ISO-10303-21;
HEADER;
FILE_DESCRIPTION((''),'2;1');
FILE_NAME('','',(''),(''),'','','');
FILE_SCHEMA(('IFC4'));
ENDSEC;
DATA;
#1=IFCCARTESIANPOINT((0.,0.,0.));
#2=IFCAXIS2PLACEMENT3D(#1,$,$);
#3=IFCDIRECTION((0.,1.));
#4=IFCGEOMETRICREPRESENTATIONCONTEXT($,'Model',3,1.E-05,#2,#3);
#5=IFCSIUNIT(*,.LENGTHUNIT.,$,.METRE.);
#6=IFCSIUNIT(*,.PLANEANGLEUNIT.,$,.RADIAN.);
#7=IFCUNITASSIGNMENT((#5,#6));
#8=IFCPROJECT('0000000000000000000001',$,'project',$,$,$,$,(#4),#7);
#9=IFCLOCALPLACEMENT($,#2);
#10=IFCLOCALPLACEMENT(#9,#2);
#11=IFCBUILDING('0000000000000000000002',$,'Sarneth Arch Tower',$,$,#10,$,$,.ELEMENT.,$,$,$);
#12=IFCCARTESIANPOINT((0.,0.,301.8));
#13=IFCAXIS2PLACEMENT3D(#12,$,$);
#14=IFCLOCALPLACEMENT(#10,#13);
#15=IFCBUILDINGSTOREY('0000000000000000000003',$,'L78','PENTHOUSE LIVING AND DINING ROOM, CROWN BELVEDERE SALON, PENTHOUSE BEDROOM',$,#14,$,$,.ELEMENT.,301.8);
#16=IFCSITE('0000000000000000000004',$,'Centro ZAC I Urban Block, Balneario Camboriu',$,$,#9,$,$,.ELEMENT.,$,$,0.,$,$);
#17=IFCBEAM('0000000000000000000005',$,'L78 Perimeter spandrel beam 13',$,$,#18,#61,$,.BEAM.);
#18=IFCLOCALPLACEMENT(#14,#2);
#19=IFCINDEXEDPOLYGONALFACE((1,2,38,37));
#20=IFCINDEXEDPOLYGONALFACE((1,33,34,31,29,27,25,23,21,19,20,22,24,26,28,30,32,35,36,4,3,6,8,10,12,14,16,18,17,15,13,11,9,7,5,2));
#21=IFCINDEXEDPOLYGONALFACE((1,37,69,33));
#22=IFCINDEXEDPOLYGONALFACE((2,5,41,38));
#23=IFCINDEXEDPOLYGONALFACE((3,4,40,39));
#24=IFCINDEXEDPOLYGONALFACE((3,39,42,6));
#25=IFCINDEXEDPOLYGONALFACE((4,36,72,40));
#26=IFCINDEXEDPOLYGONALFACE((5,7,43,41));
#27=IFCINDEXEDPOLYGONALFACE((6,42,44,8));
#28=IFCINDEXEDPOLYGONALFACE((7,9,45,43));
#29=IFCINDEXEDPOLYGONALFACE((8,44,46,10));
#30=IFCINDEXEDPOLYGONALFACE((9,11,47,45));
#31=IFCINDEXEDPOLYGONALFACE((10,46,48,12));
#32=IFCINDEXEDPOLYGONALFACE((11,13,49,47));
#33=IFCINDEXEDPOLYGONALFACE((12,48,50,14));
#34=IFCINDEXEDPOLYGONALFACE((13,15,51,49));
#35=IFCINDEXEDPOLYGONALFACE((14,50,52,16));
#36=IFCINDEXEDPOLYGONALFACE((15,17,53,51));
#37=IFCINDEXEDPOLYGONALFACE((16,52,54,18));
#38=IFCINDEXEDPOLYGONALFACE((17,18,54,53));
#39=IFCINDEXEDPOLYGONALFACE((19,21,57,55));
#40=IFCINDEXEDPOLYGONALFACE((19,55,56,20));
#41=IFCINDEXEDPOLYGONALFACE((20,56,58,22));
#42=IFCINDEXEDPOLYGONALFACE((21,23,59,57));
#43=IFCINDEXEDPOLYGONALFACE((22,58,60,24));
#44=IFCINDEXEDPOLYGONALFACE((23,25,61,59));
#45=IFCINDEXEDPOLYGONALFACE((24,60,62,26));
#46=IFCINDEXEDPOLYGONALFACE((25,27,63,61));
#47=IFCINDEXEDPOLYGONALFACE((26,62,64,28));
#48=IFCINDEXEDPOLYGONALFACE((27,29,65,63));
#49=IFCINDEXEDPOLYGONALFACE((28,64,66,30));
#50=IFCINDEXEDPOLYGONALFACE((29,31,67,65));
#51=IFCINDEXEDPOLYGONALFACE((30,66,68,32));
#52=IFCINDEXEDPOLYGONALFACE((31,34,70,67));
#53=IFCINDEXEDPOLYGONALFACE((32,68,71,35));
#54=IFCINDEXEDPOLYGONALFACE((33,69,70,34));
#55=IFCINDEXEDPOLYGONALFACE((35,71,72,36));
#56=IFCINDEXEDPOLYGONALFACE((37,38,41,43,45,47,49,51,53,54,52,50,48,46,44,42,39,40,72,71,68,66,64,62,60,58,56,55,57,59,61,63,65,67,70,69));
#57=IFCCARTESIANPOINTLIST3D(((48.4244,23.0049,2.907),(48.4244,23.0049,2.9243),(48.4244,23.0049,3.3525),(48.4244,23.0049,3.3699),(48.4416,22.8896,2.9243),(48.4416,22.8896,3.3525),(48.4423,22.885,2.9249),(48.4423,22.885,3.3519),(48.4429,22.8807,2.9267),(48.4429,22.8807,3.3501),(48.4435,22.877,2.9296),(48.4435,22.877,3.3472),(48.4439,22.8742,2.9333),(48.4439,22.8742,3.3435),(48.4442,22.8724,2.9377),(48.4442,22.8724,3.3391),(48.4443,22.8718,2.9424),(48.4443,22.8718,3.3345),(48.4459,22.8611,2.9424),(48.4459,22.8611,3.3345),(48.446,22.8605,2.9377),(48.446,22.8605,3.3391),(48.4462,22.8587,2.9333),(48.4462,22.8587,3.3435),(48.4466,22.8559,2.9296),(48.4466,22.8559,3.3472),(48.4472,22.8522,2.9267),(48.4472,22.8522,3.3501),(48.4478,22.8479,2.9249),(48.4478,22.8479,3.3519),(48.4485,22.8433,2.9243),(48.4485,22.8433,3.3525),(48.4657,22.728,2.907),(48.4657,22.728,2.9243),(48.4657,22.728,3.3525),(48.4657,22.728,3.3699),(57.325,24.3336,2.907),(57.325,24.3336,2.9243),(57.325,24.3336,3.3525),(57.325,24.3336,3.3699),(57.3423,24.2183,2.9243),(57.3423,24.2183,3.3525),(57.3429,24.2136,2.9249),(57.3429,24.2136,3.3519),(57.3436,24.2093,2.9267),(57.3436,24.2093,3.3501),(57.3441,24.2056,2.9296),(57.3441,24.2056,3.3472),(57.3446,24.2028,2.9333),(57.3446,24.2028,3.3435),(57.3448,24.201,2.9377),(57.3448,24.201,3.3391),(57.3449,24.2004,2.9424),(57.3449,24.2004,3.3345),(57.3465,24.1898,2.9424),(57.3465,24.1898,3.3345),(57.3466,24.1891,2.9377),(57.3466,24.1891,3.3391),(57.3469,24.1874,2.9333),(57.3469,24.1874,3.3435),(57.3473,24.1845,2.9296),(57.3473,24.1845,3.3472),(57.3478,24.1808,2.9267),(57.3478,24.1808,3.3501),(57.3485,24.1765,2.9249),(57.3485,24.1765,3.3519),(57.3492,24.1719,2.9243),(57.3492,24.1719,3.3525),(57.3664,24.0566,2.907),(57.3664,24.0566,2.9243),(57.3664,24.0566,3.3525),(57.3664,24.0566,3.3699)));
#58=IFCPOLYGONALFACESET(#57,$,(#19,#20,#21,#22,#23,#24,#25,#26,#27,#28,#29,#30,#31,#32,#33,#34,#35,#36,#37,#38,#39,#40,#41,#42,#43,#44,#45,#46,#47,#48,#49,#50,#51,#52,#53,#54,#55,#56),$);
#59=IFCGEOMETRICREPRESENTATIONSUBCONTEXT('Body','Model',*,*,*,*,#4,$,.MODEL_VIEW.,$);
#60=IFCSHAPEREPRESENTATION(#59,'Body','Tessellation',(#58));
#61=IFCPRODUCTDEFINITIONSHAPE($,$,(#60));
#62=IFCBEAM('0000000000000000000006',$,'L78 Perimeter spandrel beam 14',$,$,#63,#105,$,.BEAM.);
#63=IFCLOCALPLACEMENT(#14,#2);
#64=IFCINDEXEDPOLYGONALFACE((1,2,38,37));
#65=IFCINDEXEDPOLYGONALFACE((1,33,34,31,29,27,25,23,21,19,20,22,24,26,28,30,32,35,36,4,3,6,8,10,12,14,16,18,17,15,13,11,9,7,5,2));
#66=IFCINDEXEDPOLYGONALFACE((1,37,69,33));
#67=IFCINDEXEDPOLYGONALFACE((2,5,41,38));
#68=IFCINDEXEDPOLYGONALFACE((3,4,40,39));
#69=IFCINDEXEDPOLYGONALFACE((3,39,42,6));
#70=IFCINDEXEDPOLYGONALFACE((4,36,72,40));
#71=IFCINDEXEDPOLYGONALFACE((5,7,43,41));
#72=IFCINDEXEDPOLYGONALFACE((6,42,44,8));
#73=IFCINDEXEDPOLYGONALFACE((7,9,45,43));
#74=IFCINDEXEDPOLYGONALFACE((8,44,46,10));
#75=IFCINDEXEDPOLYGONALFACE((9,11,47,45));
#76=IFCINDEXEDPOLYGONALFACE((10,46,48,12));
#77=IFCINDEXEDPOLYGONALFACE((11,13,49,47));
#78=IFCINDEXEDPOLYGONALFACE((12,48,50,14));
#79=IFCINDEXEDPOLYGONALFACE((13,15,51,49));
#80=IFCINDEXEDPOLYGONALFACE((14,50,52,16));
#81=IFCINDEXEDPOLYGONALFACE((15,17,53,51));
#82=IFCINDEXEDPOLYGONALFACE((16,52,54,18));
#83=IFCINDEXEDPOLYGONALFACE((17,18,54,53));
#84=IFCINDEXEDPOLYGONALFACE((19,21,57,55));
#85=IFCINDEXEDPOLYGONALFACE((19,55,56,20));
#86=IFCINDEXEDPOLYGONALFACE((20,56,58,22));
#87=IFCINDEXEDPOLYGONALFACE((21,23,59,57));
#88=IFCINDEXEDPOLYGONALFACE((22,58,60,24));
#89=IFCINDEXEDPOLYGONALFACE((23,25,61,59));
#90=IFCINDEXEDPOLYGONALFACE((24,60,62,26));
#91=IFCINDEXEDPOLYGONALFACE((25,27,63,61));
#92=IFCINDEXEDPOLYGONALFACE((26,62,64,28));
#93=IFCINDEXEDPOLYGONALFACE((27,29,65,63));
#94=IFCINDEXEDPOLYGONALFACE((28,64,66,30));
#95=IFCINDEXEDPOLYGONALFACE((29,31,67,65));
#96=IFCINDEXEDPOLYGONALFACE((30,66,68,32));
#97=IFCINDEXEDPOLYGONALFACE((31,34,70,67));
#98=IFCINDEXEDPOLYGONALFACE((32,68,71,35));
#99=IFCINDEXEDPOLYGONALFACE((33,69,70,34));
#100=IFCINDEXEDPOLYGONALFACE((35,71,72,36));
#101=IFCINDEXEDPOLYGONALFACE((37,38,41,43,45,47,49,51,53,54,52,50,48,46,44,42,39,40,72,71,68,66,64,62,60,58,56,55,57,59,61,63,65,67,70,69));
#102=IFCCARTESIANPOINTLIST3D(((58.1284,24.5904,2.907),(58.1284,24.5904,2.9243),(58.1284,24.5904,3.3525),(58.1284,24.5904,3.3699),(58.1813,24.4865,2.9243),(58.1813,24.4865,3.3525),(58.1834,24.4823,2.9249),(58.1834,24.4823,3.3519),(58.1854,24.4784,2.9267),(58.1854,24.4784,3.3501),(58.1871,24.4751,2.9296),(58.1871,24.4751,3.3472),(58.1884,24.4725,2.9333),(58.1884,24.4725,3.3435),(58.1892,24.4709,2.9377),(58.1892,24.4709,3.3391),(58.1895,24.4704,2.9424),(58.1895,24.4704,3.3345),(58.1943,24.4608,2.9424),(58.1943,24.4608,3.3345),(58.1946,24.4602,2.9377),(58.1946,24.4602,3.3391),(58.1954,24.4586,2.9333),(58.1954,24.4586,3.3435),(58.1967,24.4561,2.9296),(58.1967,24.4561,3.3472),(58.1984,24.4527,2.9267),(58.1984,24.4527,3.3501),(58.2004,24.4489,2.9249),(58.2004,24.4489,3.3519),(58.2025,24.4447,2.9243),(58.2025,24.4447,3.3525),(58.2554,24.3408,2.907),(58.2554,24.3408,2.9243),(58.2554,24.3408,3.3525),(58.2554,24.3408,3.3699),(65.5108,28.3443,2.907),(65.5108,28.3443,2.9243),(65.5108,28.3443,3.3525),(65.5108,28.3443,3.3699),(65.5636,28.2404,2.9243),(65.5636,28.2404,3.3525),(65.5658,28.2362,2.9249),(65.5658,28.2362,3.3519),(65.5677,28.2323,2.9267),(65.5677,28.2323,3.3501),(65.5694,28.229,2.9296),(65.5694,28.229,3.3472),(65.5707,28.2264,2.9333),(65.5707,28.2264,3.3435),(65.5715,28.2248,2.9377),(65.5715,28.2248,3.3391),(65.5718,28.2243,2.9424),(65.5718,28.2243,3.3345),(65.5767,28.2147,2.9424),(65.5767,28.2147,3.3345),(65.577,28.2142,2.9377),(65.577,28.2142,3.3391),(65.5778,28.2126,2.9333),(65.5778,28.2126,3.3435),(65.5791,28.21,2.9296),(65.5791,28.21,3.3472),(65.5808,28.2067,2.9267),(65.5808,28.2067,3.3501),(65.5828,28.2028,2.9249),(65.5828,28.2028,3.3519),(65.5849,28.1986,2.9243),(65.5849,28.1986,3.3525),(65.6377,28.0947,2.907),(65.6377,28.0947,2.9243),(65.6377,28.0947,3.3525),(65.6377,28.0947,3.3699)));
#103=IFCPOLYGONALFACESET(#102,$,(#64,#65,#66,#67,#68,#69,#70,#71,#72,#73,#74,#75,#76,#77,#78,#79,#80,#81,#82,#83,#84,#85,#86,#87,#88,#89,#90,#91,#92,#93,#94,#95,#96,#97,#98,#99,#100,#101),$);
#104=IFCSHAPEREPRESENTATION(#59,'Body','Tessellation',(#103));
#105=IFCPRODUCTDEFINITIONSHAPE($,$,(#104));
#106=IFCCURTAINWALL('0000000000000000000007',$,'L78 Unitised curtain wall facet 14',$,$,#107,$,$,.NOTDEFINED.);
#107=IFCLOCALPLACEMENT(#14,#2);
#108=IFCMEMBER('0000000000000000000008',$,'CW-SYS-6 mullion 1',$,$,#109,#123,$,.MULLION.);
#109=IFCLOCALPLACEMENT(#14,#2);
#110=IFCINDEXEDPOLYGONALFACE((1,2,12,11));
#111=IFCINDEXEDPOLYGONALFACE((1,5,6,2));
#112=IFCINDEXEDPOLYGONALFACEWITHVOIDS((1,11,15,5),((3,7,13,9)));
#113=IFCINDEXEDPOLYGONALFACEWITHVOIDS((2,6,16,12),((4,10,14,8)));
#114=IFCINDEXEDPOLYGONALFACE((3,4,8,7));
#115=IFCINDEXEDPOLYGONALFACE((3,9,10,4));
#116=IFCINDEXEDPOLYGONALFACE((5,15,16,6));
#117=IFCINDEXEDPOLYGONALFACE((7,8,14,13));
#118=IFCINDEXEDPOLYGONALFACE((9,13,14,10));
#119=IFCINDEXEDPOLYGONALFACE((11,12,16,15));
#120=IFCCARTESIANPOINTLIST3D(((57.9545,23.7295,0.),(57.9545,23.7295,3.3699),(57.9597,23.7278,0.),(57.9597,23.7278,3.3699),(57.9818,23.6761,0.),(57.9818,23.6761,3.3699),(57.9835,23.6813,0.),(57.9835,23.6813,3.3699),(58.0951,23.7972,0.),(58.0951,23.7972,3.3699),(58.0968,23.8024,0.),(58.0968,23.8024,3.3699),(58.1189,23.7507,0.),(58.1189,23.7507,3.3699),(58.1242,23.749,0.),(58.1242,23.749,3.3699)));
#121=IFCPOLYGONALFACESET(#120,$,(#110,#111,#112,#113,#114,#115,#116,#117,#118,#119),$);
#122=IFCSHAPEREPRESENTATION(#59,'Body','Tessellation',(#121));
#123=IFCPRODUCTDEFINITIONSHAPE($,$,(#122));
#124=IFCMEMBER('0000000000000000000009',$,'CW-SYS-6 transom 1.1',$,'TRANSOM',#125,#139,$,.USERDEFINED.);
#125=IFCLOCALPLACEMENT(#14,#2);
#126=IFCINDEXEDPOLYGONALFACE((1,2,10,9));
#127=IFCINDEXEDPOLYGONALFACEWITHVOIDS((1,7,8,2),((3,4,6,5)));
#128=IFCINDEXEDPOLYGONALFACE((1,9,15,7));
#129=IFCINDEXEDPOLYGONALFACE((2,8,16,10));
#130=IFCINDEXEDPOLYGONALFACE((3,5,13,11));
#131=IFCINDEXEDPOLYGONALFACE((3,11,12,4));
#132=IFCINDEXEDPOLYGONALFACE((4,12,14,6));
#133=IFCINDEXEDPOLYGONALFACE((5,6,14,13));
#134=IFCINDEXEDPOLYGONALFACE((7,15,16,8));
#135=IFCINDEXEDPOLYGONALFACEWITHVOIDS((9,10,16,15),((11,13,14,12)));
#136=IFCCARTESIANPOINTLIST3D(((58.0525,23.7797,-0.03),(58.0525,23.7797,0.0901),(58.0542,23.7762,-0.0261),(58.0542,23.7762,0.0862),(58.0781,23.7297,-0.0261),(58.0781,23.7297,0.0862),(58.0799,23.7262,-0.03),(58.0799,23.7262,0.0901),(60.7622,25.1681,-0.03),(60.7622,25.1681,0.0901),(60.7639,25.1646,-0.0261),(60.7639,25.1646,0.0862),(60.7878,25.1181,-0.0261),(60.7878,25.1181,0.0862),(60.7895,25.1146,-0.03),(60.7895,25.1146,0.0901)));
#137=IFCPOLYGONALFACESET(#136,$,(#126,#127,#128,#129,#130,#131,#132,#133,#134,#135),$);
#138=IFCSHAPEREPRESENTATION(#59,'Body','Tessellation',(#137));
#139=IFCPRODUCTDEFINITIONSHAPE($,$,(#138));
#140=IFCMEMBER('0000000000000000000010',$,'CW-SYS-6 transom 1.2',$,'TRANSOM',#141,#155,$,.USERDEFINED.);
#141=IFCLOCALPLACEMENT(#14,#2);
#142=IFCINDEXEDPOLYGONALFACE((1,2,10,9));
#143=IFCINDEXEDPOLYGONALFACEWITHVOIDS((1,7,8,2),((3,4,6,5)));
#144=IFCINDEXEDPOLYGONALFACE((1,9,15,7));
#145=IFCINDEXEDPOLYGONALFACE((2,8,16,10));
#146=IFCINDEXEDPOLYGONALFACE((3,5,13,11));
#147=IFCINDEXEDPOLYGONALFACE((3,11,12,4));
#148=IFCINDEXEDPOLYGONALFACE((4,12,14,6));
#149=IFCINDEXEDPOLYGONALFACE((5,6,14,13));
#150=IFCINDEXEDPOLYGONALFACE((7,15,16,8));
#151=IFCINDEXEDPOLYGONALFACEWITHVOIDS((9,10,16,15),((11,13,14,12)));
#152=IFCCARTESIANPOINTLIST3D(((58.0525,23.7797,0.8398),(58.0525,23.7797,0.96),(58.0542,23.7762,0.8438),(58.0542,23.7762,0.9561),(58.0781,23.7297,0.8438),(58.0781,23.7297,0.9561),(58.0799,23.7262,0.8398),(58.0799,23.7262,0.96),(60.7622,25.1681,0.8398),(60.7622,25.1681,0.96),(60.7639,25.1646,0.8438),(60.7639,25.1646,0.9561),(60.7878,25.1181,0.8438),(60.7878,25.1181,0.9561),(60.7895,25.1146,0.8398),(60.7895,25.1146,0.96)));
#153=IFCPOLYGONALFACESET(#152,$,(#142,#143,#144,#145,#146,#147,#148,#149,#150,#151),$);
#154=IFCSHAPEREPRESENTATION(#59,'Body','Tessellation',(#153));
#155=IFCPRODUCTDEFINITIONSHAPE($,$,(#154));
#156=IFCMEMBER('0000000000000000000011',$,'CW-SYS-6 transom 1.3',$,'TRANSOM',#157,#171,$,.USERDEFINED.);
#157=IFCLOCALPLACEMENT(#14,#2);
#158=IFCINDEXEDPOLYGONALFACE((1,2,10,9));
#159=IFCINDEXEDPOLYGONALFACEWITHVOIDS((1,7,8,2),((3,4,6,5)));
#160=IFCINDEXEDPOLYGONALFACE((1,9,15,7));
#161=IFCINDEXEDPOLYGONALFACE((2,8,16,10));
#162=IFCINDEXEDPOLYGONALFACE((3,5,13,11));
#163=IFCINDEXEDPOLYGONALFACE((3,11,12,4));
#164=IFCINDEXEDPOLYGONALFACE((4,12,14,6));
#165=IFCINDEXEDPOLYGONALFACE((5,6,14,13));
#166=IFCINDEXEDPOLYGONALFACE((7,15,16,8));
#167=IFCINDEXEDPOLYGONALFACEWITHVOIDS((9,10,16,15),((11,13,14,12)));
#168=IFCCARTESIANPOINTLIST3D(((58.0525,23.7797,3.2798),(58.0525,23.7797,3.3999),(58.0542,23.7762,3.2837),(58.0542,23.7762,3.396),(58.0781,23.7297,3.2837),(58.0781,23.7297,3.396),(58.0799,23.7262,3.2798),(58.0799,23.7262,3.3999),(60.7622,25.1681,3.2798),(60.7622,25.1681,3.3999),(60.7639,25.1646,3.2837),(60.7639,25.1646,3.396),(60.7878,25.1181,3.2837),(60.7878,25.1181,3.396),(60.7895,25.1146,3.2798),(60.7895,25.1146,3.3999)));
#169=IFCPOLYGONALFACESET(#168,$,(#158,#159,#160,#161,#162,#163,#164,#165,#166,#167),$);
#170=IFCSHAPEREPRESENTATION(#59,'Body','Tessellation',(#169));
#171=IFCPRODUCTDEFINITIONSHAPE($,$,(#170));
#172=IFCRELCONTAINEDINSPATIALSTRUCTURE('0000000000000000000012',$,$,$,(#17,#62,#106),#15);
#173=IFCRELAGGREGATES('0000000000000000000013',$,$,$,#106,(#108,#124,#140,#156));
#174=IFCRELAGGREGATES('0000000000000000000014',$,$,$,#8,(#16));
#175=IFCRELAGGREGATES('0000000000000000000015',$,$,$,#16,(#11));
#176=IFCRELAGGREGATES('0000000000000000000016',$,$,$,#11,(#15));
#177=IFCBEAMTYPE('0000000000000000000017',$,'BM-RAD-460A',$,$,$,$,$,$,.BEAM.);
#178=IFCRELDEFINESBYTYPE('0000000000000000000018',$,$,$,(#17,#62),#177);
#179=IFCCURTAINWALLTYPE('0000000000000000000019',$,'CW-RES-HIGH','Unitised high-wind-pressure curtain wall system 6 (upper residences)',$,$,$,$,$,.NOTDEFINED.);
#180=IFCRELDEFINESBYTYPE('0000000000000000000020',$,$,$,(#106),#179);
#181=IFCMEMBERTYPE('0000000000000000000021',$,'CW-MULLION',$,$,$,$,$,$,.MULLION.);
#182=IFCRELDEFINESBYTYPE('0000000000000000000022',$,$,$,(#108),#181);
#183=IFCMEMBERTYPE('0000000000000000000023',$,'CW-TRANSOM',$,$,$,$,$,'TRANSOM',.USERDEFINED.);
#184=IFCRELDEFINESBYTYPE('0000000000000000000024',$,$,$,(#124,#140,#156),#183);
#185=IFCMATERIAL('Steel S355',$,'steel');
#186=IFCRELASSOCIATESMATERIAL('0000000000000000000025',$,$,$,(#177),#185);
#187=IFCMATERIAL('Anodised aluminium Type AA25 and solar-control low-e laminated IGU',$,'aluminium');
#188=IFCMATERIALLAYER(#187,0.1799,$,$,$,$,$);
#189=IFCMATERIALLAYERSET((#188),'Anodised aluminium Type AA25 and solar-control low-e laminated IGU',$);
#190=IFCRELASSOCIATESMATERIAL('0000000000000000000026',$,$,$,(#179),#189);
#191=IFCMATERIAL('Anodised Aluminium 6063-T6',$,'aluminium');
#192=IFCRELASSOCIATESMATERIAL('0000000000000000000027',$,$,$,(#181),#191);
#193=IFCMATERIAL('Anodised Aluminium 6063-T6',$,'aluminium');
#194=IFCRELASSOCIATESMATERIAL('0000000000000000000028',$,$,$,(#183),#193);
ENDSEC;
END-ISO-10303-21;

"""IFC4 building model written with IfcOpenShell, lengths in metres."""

from ifc_helpers import new_model, si_unit, direction, frame, origin, origin_2d, place, context, subcontext, project, spatial, hollow_rectangle, i_section, extrude, material, layer, layer_set, material_profile, profile_set, type_object, element, aggregate, save


model = new_model("IFC4")

# Units and contexts
model_context = context("Model", 3, precision=1e-05, world=origin(), true_north=direction((0.0, 1.0)))
body_context = subcontext(model_context, "Body", "Model", "MODEL_VIEW")
ifc_project = project(units=[si_unit("LENGTHUNIT", "METRE"), si_unit("PLANEANGLEUNIT", "RADIAN")], contexts=[model_context])

# Site, building, storey
site_placement = place(None, origin())
site = spatial("IfcSite", under=ifc_project, at=site_placement, Name="Centro ZAC I Urban Block, Balneario Camboriu", CompositionType="ELEMENT", RefElevation=0.0)
building_placement = place(site_placement, origin())
building = spatial("IfcBuilding", under=site, at=building_placement, Name="Sarneth Arch Tower", CompositionType="ELEMENT")
storey_placement = place(building_placement, frame((0.0, 0.0, 301.8)))
storey = spatial("IfcBuildingStorey", under=building, at=storey_placement, Name="L78", Description="PENTHOUSE LIVING AND DINING ROOM, CROWN BELVEDERE SALON, PENTHOUSE BEDROOM", CompositionType="ELEMENT", Elevation=301.8)

# Beams
ifc_material_1 = material(Name="Steel S355", Category="steel")
ifc_material_profile_1 = material_profile(ifc_material_1, i_section(OverallWidth=0.28, OverallDepth=0.4629, WebThickness=0.0107, FlangeThickness=0.0173, FilletRadius=0.0181, at=origin_2d()), Name="W460x113")
ifc_profile_set_1 = profile_set([ifc_material_profile_1], Name="Steel S355")
beam_type_1 = type_object("IfcBeamType", Name="BM-RAD-460A", PredefinedType="BEAM", material=ifc_profile_set_1)
beam_1_placement = place(storey_placement, frame((48.4451, 22.8665, 3.1384), z_axis=(0.989042, 0.147636, 0.0), x_axis=(-0.147636, 0.989042, 0.0)))
element("IfcBeam", 1, at=beam_1_placement, inside=storey, type_object=beam_type_1, Name="L78 Perimeter spandrel beam 13", PredefinedType="BEAM", context=body_context, shape_type="SweptSolid", body=[
    extrude(i_section(OverallWidth=0.28, OverallDepth=0.4629, WebThickness=0.0107, FlangeThickness=0.0173, FilletRadius=0.0181, at=origin_2d()), origin(), (0.0, 0.0, 1.0), 8.9993),
])
beam_2_placement = place(storey_placement, frame((58.1919, 24.4656, 3.1384), z_axis=(0.891376, 0.453264, 0.0), x_axis=(-0.453264, 0.891376, 0.0)))
element("IfcBeam", 2, at=beam_2_placement, inside=storey, type_object=beam_type_1, Name="L78 Perimeter spandrel beam 14", PredefinedType="BEAM", context=body_context, shape_type="SweptSolid", body=[
    extrude(i_section(OverallWidth=0.28, OverallDepth=0.4629, WebThickness=0.0107, FlangeThickness=0.0173, FilletRadius=0.0181, at=origin_2d()), origin(), (0.0, 0.0, 1.0), 8.282),
])

# Curtain wall, members
ifc_material_2 = material(Name="Anodised aluminium Type AA25 and solar-control low-e laminated IGU", Category="aluminium")
ifc_layer_1 = layer(ifc_material_2, 0.1799)
ifc_layer_set_1 = layer_set([ifc_layer_1], Name="Anodised aluminium Type AA25 and solar-control low-e laminated IGU")
curtain_wall_type = type_object("IfcCurtainWallType", Name="CW-RES-HIGH", Description="Unitised high-wind-pressure curtain wall system 6 (upper residences)", PredefinedType="NOTDEFINED", material=ifc_layer_set_1)
curtain_wall_placement = place(storey_placement, origin())
curtain_wall = element("IfcCurtainWall", 3, at=curtain_wall_placement, inside=storey, type_object=curtain_wall_type, Name="L78 Unitised curtain wall facet 14", PredefinedType="NOTDEFINED")
ifc_material_3 = material(Name="Anodised Aluminium 6063-T6", Category="aluminium")
ifc_material_profile_2 = material_profile(ifc_material_3, hollow_rectangle(XDim=0.0601, YDim=0.1599, WallThickness=0.0039, at=origin_2d()), Name="AL-MULL-160x60x4")
ifc_profile_set_2 = profile_set([ifc_material_profile_2], Name="Anodised Aluminium 6063-T6")
member_type_1 = type_object("IfcMemberType", Name="CW-MULLION", PredefinedType="MULLION", material=ifc_profile_set_2)
member_1_placement = place(storey_placement, frame((58.0393, 23.7393, 0.0), z_axis=(0.0, 0.0, 1.0), x_axis=(-0.455942, 0.89001, 0.0)))
member_1 = element("IfcMember", 4, at=member_1_placement, type_object=member_type_1, Name="CW-SYS-6 mullion 1", PredefinedType="MULLION", context=body_context, shape_type="SweptSolid", body=[
    extrude(hollow_rectangle(XDim=0.0601, YDim=0.1599, WallThickness=0.0039, at=origin_2d()), origin(), (0.0, 0.0, 1.0), 3.3699),
])
ifc_material_4 = material(Name="Anodised Aluminium 6063-T6", Category="aluminium")
ifc_material_profile_3 = material_profile(ifc_material_4, hollow_rectangle(XDim=0.0601, YDim=0.1201, WallThickness=0.0039, at=origin_2d()), Name="AL-TRAN-120x60x4")
ifc_profile_set_3 = profile_set([ifc_material_profile_3], Name="Anodised Aluminium 6063-T6")
member_type_2 = type_object("IfcMemberType", Name="CW-TRANSOM", ElementType="TRANSOM", PredefinedType="USERDEFINED", material=ifc_profile_set_3)
member_2_placement = place(storey_placement, frame((58.0662, 23.7529, 0.03), z_axis=(0.889974, 0.456012, 0.0), x_axis=(-0.456012, 0.889974, 0.0)))
member_2 = element("IfcMember", 5, at=member_2_placement, type_object=member_type_2, Name="CW-SYS-6 transom 1.1", ObjectType="TRANSOM", PredefinedType="USERDEFINED", context=body_context, shape_type="SweptSolid", body=[
    extrude(hollow_rectangle(XDim=0.0601, YDim=0.1201, WallThickness=0.0039, at=origin_2d()), origin(), (0.0, 0.0, 1.0), 3.0447),
])
member_3_placement = place(storey_placement, frame((58.0662, 23.7529, 0.8999), z_axis=(0.889974, 0.456012, 0.0), x_axis=(-0.456012, 0.889974, 0.0)))
member_3 = element("IfcMember", 6, at=member_3_placement, type_object=member_type_2, Name="CW-SYS-6 transom 1.2", ObjectType="TRANSOM", PredefinedType="USERDEFINED", context=body_context, shape_type="SweptSolid", body=[
    extrude(hollow_rectangle(XDim=0.0601, YDim=0.1201, WallThickness=0.0039, at=origin_2d()), origin(), (0.0, 0.0, 1.0), 3.0447),
])
member_4_placement = place(storey_placement, frame((58.0662, 23.7529, 3.3398), z_axis=(0.889974, 0.456012, 0.0), x_axis=(-0.456012, 0.889974, 0.0)))
member_4 = element("IfcMember", 7, at=member_4_placement, type_object=member_type_2, Name="CW-SYS-6 transom 1.3", ObjectType="TRANSOM", PredefinedType="USERDEFINED", context=body_context, shape_type="SweptSolid", body=[
    extrude(hollow_rectangle(XDim=0.0601, YDim=0.1201, WallThickness=0.0039, at=origin_2d()), origin(), (0.0, 0.0, 1.0), 3.0447),
])

aggregate(curtain_wall, [member_1, member_2, member_3, member_4])

save(model, "model.ifc")
